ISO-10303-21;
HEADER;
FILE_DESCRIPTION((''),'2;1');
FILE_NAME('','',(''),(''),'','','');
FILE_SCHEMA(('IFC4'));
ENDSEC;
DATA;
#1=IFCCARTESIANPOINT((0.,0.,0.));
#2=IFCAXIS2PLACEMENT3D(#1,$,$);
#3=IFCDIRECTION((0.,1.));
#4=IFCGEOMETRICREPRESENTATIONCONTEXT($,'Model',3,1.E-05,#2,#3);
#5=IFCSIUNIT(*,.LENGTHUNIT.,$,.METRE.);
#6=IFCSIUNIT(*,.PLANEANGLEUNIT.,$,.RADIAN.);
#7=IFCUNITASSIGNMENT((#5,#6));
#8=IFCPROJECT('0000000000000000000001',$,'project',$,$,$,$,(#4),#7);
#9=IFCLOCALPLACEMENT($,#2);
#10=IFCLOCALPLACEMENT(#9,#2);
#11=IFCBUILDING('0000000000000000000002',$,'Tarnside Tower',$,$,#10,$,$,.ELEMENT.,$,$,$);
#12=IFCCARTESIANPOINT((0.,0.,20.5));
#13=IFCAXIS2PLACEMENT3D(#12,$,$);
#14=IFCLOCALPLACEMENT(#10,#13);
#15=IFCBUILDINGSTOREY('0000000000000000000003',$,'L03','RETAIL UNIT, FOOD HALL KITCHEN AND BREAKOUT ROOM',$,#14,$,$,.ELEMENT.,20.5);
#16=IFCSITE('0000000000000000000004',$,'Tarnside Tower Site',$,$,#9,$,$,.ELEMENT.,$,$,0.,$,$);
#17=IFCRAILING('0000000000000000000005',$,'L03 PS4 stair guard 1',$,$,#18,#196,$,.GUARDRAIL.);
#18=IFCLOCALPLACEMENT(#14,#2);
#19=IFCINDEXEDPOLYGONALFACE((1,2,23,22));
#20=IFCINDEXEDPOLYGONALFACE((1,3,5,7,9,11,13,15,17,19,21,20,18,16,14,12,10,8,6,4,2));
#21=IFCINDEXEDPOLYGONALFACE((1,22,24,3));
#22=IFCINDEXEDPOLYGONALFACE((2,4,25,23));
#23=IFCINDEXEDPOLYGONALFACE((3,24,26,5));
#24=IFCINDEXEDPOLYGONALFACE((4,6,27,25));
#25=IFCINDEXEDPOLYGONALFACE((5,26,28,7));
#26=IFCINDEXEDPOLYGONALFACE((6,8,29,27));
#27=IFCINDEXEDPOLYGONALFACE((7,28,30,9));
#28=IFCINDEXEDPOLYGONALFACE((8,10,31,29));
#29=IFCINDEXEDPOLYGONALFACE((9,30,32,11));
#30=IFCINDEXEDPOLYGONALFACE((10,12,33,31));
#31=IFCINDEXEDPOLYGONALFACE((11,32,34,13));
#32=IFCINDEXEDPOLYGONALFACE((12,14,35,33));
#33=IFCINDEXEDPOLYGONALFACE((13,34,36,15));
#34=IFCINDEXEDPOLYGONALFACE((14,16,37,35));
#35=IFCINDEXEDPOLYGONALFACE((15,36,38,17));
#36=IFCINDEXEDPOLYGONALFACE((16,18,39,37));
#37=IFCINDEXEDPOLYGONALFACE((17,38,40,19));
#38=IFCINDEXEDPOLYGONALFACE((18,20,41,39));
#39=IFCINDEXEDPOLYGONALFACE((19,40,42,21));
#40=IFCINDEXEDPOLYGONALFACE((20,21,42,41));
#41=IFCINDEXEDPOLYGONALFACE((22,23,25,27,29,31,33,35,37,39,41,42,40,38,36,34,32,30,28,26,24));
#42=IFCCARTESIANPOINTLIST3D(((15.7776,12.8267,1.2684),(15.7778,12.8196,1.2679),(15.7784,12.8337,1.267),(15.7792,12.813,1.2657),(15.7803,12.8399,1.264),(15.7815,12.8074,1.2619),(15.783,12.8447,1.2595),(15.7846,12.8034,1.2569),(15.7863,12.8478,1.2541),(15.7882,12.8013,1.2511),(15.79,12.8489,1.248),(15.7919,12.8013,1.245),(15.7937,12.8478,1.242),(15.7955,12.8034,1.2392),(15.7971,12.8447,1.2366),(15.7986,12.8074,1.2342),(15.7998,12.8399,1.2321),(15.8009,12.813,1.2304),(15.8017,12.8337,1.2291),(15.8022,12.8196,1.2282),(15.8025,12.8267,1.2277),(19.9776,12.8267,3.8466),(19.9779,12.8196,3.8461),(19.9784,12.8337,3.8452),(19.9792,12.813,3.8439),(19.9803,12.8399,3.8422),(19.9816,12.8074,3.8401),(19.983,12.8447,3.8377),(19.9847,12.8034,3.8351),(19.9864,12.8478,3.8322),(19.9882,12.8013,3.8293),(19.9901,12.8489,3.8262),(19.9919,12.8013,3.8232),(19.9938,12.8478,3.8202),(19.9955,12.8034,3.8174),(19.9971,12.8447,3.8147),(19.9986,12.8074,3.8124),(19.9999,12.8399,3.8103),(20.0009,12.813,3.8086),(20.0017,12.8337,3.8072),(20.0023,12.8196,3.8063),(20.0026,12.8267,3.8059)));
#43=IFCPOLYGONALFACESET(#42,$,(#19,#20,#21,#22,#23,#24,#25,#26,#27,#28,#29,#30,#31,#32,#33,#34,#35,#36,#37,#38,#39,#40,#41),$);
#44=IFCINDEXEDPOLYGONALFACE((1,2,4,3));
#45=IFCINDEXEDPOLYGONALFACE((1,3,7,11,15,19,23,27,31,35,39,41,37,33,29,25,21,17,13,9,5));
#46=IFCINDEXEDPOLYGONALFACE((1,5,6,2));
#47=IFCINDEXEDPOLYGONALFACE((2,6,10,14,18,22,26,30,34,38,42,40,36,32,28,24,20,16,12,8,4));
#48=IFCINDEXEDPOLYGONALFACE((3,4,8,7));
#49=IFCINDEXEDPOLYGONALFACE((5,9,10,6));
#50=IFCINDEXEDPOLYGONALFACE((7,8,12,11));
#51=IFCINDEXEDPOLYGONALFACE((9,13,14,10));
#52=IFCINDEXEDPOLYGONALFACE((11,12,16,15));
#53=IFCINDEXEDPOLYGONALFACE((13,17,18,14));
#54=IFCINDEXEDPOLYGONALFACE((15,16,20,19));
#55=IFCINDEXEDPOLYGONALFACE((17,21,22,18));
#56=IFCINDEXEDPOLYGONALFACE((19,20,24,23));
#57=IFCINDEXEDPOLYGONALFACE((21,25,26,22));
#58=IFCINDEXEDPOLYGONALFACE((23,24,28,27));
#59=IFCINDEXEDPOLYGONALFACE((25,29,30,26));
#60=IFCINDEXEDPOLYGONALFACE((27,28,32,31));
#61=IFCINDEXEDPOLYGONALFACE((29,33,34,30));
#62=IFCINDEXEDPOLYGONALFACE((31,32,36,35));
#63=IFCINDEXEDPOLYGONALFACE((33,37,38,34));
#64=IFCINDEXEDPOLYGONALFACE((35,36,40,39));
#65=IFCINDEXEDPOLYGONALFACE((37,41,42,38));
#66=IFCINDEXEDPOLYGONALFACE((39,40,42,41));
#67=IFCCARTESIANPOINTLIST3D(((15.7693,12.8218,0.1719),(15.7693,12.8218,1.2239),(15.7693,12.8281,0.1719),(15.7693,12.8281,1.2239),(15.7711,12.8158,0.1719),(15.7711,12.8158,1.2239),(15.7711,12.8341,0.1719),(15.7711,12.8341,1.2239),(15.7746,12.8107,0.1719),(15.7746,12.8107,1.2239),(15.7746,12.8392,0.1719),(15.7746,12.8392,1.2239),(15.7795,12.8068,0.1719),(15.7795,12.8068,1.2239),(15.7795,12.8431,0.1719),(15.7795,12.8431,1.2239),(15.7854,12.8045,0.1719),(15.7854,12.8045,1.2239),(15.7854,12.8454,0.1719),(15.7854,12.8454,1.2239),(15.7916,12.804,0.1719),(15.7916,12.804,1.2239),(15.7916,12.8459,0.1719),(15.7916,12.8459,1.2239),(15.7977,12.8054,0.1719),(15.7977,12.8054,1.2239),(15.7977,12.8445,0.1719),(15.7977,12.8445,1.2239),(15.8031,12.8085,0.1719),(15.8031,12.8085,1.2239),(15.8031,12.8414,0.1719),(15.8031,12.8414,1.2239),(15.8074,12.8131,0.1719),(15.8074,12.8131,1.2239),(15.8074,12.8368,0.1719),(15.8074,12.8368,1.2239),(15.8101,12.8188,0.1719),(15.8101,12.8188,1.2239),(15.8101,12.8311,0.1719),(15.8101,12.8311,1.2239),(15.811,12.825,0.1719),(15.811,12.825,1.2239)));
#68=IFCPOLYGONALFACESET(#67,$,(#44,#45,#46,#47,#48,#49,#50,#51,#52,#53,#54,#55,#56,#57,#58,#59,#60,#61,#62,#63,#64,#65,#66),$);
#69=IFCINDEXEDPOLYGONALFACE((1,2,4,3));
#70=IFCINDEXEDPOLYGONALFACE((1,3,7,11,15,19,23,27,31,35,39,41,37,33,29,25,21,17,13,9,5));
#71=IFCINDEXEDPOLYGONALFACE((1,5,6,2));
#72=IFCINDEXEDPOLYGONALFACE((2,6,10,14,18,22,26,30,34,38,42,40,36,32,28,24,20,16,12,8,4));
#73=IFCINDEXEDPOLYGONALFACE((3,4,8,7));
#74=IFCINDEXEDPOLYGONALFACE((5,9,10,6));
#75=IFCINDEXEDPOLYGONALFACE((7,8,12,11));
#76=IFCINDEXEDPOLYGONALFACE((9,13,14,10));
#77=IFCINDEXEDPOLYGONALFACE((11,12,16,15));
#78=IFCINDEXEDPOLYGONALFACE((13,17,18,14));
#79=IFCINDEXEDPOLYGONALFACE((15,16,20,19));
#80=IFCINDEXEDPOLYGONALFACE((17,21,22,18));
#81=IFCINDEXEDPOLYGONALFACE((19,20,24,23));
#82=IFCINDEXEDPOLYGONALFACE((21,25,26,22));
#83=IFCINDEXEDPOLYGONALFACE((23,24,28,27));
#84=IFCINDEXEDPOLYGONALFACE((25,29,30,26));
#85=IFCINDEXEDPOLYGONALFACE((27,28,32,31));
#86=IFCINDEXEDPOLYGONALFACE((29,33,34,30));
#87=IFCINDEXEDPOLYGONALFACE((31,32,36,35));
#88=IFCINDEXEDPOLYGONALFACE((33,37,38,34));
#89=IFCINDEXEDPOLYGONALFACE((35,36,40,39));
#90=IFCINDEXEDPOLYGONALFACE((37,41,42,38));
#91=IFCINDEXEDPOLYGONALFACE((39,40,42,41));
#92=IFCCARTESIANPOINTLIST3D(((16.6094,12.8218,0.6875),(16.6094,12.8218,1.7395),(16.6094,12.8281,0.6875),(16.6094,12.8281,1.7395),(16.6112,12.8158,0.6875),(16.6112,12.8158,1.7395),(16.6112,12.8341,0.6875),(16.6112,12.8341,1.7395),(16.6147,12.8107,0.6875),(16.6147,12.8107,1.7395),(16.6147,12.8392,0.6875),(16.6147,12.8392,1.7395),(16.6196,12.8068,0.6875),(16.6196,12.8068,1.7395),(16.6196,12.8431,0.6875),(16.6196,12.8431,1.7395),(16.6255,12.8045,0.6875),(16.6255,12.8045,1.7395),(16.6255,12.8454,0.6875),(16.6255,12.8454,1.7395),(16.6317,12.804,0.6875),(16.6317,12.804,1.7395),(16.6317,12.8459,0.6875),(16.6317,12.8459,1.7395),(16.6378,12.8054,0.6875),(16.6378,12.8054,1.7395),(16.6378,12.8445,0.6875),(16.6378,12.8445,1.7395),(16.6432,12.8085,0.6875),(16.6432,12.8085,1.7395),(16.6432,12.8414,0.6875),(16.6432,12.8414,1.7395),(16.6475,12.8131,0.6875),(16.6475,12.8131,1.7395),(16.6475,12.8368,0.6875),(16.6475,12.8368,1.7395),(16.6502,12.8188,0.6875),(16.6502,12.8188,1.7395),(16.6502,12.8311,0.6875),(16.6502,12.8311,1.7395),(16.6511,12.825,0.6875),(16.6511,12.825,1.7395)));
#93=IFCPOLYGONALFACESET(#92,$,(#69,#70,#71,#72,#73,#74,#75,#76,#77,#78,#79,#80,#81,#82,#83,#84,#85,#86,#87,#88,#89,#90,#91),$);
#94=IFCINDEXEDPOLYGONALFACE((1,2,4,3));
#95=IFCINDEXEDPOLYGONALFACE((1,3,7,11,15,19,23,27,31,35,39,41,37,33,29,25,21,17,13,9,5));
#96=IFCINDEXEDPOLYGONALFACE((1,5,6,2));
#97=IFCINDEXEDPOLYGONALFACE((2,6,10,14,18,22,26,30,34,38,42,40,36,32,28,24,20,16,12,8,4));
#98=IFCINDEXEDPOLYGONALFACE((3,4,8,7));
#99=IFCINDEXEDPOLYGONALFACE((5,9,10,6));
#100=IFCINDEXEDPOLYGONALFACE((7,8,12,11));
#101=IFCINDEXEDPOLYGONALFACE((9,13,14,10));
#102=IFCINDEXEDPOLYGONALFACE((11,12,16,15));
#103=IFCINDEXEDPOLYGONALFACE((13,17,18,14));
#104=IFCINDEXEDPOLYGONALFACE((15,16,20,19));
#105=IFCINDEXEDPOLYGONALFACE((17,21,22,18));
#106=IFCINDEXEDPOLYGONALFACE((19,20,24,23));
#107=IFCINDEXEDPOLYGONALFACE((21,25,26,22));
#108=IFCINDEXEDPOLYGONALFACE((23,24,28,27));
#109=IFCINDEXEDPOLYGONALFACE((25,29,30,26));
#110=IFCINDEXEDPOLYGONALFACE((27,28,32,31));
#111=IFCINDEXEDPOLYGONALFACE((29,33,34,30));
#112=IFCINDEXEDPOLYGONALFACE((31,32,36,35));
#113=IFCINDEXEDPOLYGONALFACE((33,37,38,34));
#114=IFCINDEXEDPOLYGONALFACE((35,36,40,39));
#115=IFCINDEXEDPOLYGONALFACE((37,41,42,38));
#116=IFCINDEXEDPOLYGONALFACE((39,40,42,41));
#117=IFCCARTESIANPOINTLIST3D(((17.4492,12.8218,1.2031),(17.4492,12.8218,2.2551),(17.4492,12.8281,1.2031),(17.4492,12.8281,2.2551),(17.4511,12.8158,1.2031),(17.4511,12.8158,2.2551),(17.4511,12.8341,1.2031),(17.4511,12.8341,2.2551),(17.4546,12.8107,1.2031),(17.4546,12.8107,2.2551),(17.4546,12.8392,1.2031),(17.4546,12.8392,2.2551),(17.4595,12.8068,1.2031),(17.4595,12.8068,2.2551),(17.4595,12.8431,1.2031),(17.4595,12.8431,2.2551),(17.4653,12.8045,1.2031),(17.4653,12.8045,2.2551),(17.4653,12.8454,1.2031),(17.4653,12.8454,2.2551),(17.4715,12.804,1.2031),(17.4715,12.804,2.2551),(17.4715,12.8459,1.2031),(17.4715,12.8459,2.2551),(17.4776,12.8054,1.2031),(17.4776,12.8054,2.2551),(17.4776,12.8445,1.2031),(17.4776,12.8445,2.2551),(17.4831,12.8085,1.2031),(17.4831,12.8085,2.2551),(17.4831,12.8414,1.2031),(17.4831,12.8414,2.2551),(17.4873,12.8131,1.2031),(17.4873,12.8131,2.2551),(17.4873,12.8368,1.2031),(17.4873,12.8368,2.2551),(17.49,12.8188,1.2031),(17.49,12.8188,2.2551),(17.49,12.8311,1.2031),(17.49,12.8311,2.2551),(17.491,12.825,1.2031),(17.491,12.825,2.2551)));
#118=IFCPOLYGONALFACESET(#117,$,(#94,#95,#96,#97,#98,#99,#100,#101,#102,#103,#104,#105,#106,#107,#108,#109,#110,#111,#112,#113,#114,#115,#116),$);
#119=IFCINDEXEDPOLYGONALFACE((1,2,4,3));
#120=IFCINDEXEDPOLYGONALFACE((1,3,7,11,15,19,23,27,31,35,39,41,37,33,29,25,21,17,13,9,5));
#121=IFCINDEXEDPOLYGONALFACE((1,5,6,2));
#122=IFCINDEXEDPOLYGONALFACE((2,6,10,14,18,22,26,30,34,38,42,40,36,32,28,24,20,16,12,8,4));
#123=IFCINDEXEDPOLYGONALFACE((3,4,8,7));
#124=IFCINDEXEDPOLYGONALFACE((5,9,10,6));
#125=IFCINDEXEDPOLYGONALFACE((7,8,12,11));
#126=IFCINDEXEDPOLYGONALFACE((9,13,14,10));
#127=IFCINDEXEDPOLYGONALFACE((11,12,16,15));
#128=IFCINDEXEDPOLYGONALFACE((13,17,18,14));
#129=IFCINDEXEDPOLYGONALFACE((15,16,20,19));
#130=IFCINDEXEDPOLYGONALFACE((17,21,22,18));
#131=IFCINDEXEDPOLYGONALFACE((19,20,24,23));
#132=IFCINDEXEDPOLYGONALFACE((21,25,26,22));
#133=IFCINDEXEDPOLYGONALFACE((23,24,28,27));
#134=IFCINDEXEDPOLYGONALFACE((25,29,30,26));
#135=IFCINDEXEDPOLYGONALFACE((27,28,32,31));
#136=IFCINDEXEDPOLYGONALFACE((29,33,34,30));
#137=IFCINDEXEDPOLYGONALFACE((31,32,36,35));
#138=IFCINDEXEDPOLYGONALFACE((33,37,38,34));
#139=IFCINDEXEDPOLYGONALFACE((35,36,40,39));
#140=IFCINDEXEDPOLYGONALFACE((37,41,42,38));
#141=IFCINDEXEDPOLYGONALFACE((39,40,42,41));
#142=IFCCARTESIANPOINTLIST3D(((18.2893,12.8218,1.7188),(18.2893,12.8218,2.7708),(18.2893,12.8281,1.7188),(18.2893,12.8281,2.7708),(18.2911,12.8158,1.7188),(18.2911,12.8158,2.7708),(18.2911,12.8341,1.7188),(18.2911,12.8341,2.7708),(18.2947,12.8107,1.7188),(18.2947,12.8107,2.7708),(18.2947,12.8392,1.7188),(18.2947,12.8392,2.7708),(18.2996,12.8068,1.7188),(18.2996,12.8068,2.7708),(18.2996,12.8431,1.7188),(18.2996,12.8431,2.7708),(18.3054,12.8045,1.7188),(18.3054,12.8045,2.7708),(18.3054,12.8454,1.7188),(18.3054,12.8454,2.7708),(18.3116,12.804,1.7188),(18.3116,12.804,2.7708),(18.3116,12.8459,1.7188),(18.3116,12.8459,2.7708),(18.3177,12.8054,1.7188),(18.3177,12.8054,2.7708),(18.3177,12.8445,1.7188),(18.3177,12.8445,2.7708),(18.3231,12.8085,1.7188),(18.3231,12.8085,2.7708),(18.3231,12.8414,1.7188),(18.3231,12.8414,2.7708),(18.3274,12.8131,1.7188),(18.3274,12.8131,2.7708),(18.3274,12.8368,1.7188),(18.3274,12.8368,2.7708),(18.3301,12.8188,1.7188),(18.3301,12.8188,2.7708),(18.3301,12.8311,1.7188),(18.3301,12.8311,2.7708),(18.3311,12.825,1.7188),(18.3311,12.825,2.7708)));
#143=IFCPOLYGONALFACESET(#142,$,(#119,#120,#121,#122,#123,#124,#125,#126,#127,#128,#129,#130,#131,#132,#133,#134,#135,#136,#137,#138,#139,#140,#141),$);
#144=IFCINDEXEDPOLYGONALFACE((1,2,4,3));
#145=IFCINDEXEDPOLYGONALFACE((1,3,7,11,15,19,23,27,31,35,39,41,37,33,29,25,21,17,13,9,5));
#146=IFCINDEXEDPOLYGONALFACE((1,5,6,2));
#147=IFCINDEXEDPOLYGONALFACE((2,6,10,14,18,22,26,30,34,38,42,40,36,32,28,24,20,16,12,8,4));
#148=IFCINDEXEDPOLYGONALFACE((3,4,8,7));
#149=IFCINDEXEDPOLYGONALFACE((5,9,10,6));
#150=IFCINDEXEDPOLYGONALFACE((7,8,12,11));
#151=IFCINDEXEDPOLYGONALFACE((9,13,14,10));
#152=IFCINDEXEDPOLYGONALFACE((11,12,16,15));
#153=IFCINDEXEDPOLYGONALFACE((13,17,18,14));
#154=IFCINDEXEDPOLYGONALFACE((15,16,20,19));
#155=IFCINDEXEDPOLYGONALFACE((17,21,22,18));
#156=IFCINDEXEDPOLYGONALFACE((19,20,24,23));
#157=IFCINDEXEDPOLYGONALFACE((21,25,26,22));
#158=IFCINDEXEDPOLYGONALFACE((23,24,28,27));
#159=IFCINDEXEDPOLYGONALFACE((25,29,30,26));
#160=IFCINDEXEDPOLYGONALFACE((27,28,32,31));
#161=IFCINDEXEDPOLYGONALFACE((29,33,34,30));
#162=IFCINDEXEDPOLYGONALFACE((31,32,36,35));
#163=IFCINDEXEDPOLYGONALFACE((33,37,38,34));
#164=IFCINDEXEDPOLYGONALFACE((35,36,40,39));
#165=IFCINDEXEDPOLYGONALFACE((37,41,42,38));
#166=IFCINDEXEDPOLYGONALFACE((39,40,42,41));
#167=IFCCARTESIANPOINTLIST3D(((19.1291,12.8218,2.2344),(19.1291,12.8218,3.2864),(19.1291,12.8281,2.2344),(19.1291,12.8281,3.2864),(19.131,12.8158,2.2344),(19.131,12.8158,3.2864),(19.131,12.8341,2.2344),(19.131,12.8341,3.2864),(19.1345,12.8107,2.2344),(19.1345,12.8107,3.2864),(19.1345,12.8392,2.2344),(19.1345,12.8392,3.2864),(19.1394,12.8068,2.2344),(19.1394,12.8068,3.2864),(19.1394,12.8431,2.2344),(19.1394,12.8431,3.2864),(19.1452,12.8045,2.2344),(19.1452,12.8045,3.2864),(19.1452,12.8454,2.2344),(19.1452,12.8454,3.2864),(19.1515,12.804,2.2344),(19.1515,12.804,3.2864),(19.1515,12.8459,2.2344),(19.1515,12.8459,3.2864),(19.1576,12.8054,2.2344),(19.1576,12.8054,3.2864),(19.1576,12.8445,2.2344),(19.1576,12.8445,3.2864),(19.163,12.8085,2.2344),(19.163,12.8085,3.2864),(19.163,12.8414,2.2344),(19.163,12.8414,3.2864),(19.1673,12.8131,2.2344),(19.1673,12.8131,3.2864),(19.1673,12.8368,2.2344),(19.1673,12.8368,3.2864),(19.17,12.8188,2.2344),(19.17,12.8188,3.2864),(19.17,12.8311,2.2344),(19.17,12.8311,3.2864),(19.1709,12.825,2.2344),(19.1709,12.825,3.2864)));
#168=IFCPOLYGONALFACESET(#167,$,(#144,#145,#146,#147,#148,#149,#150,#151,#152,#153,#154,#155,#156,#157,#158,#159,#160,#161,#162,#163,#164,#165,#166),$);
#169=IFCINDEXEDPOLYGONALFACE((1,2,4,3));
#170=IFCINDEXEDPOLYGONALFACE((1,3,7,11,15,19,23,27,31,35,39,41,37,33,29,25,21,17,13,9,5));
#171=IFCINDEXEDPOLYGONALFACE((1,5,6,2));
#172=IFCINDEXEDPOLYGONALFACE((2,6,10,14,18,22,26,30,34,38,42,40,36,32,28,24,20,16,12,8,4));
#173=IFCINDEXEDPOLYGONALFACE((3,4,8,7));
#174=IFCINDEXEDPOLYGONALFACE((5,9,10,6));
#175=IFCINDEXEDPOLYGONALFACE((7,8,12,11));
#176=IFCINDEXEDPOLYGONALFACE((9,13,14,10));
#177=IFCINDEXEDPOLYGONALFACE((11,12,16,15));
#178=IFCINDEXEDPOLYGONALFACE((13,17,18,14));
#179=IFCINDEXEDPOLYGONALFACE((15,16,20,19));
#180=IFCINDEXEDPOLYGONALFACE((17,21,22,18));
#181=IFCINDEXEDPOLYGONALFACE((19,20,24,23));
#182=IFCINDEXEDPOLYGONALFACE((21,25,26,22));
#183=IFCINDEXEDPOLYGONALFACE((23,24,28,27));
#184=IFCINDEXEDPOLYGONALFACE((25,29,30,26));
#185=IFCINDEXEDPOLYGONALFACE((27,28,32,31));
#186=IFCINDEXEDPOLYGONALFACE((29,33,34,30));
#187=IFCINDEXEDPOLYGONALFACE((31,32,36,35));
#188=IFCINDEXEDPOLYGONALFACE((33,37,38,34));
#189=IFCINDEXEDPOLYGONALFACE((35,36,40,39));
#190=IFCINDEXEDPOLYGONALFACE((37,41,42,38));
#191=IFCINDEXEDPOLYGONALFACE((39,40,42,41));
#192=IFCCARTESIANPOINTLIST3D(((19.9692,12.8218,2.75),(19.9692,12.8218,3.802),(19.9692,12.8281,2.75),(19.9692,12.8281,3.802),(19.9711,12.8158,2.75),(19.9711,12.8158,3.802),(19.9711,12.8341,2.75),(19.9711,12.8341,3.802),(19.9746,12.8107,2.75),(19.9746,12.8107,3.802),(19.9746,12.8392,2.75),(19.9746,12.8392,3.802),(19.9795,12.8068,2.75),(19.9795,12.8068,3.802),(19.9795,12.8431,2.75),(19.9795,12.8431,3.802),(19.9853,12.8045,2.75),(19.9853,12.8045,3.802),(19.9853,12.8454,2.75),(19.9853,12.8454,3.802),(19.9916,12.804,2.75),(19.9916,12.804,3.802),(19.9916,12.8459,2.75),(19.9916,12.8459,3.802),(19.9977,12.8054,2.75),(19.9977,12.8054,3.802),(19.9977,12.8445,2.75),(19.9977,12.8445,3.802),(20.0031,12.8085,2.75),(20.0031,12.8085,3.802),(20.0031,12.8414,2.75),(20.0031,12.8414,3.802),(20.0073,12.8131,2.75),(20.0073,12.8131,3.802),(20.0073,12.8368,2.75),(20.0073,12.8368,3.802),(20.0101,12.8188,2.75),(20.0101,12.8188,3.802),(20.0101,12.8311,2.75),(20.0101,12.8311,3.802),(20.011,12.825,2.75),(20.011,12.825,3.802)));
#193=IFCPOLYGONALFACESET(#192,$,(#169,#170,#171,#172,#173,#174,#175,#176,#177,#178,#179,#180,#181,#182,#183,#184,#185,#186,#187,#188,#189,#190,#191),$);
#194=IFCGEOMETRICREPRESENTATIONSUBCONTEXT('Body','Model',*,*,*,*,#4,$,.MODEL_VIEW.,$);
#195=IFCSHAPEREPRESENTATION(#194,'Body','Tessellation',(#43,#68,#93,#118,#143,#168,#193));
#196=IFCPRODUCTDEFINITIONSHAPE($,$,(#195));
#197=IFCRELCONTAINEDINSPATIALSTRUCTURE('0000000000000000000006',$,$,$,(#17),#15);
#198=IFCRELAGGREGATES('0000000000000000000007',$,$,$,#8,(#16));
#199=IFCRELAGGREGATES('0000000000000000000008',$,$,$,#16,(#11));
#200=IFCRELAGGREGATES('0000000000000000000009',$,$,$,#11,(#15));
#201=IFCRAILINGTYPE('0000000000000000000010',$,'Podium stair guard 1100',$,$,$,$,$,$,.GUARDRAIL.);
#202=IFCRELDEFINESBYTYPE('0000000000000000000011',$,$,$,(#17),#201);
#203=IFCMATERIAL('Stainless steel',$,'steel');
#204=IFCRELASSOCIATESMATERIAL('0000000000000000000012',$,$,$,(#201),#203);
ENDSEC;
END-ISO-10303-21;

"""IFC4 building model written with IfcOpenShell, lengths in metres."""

from ifc_helpers import new_model, si_unit, direction, frame, origin, origin_2d, place, context, subcontext, project, spatial, circle, extrude, material, type_object, element, save


model = new_model("IFC4")

# Units and contexts
model_context = context("Model", 3, precision=1e-05, world=origin(), true_north=direction((0.0, 1.0)))
body_context = subcontext(model_context, "Body", "Model", "MODEL_VIEW")
ifc_project = project(units=[si_unit("LENGTHUNIT", "METRE"), si_unit("PLANEANGLEUNIT", "RADIAN")], contexts=[model_context])

# Site, building, storey
site_placement = place(None, origin())
site = spatial("IfcSite", under=ifc_project, at=site_placement, Name="Tarnside Tower Site", CompositionType="ELEMENT", RefElevation=0.0)
building_placement = place(site_placement, origin())
building = spatial("IfcBuilding", under=site, at=building_placement, Name="Tarnside Tower", CompositionType="ELEMENT")
storey_placement = place(building_placement, frame((0.0, 0.0, 20.5)))
storey = spatial("IfcBuildingStorey", under=building, at=storey_placement, Name="L03", Description="RETAIL UNIT, FOOD HALL KITCHEN AND BREAKOUT ROOM", CompositionType="ELEMENT", Elevation=20.5)

# Railing
ifc_material_1 = material(Name="Stainless steel", Category="steel")
railing_type_1 = type_object("IfcRailingType", Name="Podium stair guard 1100", PredefinedType="GUARDRAIL", material=ifc_material_1)
railing_1_placement = place(storey_placement, frame((15.79, 12.825, 0.1719)))
element("IfcRailing", 1, at=railing_1_placement, inside=storey, type_object=railing_type_1, Name="L03 PS4 stair guard 1", PredefinedType="GUARDRAIL", context=body_context, shape_type="SweptSolid", body=[
    extrude(circle(Radius=0.0239, at=origin_2d()), frame((0.0, 0.0, 1.0762), z_axis=(0.852243, 0.0, 0.523146), x_axis=(0.0, 1.0, 0.0)), (0.0, 0.0, 1.0), 4.9282),
    extrude(circle(Radius=0.021, at=origin_2d()), origin(), (0.0, 0.0, 1.0), 1.052),
    extrude(circle(Radius=0.021, at=origin_2d()), frame((0.8401, 0.0, 0.5156)), (0.0, 0.0, 1.0), 1.052),
    extrude(circle(Radius=0.021, at=origin_2d()), frame((1.6799, 0.0, 1.0312)), (0.0, 0.0, 1.0), 1.052),
    extrude(circle(Radius=0.021, at=origin_2d()), frame((2.52, 0.0, 1.5469)), (0.0, 0.0, 1.0), 1.052),
    extrude(circle(Radius=0.021, at=origin_2d()), frame((3.3599, 0.0, 2.0625)), (0.0, 0.0, 1.0), 1.052),
    extrude(circle(Radius=0.021, at=origin_2d()), frame((4.2, 0.0, 2.5781)), (0.0, 0.0, 1.0), 1.052),
])

save(model, "model.ifc")
